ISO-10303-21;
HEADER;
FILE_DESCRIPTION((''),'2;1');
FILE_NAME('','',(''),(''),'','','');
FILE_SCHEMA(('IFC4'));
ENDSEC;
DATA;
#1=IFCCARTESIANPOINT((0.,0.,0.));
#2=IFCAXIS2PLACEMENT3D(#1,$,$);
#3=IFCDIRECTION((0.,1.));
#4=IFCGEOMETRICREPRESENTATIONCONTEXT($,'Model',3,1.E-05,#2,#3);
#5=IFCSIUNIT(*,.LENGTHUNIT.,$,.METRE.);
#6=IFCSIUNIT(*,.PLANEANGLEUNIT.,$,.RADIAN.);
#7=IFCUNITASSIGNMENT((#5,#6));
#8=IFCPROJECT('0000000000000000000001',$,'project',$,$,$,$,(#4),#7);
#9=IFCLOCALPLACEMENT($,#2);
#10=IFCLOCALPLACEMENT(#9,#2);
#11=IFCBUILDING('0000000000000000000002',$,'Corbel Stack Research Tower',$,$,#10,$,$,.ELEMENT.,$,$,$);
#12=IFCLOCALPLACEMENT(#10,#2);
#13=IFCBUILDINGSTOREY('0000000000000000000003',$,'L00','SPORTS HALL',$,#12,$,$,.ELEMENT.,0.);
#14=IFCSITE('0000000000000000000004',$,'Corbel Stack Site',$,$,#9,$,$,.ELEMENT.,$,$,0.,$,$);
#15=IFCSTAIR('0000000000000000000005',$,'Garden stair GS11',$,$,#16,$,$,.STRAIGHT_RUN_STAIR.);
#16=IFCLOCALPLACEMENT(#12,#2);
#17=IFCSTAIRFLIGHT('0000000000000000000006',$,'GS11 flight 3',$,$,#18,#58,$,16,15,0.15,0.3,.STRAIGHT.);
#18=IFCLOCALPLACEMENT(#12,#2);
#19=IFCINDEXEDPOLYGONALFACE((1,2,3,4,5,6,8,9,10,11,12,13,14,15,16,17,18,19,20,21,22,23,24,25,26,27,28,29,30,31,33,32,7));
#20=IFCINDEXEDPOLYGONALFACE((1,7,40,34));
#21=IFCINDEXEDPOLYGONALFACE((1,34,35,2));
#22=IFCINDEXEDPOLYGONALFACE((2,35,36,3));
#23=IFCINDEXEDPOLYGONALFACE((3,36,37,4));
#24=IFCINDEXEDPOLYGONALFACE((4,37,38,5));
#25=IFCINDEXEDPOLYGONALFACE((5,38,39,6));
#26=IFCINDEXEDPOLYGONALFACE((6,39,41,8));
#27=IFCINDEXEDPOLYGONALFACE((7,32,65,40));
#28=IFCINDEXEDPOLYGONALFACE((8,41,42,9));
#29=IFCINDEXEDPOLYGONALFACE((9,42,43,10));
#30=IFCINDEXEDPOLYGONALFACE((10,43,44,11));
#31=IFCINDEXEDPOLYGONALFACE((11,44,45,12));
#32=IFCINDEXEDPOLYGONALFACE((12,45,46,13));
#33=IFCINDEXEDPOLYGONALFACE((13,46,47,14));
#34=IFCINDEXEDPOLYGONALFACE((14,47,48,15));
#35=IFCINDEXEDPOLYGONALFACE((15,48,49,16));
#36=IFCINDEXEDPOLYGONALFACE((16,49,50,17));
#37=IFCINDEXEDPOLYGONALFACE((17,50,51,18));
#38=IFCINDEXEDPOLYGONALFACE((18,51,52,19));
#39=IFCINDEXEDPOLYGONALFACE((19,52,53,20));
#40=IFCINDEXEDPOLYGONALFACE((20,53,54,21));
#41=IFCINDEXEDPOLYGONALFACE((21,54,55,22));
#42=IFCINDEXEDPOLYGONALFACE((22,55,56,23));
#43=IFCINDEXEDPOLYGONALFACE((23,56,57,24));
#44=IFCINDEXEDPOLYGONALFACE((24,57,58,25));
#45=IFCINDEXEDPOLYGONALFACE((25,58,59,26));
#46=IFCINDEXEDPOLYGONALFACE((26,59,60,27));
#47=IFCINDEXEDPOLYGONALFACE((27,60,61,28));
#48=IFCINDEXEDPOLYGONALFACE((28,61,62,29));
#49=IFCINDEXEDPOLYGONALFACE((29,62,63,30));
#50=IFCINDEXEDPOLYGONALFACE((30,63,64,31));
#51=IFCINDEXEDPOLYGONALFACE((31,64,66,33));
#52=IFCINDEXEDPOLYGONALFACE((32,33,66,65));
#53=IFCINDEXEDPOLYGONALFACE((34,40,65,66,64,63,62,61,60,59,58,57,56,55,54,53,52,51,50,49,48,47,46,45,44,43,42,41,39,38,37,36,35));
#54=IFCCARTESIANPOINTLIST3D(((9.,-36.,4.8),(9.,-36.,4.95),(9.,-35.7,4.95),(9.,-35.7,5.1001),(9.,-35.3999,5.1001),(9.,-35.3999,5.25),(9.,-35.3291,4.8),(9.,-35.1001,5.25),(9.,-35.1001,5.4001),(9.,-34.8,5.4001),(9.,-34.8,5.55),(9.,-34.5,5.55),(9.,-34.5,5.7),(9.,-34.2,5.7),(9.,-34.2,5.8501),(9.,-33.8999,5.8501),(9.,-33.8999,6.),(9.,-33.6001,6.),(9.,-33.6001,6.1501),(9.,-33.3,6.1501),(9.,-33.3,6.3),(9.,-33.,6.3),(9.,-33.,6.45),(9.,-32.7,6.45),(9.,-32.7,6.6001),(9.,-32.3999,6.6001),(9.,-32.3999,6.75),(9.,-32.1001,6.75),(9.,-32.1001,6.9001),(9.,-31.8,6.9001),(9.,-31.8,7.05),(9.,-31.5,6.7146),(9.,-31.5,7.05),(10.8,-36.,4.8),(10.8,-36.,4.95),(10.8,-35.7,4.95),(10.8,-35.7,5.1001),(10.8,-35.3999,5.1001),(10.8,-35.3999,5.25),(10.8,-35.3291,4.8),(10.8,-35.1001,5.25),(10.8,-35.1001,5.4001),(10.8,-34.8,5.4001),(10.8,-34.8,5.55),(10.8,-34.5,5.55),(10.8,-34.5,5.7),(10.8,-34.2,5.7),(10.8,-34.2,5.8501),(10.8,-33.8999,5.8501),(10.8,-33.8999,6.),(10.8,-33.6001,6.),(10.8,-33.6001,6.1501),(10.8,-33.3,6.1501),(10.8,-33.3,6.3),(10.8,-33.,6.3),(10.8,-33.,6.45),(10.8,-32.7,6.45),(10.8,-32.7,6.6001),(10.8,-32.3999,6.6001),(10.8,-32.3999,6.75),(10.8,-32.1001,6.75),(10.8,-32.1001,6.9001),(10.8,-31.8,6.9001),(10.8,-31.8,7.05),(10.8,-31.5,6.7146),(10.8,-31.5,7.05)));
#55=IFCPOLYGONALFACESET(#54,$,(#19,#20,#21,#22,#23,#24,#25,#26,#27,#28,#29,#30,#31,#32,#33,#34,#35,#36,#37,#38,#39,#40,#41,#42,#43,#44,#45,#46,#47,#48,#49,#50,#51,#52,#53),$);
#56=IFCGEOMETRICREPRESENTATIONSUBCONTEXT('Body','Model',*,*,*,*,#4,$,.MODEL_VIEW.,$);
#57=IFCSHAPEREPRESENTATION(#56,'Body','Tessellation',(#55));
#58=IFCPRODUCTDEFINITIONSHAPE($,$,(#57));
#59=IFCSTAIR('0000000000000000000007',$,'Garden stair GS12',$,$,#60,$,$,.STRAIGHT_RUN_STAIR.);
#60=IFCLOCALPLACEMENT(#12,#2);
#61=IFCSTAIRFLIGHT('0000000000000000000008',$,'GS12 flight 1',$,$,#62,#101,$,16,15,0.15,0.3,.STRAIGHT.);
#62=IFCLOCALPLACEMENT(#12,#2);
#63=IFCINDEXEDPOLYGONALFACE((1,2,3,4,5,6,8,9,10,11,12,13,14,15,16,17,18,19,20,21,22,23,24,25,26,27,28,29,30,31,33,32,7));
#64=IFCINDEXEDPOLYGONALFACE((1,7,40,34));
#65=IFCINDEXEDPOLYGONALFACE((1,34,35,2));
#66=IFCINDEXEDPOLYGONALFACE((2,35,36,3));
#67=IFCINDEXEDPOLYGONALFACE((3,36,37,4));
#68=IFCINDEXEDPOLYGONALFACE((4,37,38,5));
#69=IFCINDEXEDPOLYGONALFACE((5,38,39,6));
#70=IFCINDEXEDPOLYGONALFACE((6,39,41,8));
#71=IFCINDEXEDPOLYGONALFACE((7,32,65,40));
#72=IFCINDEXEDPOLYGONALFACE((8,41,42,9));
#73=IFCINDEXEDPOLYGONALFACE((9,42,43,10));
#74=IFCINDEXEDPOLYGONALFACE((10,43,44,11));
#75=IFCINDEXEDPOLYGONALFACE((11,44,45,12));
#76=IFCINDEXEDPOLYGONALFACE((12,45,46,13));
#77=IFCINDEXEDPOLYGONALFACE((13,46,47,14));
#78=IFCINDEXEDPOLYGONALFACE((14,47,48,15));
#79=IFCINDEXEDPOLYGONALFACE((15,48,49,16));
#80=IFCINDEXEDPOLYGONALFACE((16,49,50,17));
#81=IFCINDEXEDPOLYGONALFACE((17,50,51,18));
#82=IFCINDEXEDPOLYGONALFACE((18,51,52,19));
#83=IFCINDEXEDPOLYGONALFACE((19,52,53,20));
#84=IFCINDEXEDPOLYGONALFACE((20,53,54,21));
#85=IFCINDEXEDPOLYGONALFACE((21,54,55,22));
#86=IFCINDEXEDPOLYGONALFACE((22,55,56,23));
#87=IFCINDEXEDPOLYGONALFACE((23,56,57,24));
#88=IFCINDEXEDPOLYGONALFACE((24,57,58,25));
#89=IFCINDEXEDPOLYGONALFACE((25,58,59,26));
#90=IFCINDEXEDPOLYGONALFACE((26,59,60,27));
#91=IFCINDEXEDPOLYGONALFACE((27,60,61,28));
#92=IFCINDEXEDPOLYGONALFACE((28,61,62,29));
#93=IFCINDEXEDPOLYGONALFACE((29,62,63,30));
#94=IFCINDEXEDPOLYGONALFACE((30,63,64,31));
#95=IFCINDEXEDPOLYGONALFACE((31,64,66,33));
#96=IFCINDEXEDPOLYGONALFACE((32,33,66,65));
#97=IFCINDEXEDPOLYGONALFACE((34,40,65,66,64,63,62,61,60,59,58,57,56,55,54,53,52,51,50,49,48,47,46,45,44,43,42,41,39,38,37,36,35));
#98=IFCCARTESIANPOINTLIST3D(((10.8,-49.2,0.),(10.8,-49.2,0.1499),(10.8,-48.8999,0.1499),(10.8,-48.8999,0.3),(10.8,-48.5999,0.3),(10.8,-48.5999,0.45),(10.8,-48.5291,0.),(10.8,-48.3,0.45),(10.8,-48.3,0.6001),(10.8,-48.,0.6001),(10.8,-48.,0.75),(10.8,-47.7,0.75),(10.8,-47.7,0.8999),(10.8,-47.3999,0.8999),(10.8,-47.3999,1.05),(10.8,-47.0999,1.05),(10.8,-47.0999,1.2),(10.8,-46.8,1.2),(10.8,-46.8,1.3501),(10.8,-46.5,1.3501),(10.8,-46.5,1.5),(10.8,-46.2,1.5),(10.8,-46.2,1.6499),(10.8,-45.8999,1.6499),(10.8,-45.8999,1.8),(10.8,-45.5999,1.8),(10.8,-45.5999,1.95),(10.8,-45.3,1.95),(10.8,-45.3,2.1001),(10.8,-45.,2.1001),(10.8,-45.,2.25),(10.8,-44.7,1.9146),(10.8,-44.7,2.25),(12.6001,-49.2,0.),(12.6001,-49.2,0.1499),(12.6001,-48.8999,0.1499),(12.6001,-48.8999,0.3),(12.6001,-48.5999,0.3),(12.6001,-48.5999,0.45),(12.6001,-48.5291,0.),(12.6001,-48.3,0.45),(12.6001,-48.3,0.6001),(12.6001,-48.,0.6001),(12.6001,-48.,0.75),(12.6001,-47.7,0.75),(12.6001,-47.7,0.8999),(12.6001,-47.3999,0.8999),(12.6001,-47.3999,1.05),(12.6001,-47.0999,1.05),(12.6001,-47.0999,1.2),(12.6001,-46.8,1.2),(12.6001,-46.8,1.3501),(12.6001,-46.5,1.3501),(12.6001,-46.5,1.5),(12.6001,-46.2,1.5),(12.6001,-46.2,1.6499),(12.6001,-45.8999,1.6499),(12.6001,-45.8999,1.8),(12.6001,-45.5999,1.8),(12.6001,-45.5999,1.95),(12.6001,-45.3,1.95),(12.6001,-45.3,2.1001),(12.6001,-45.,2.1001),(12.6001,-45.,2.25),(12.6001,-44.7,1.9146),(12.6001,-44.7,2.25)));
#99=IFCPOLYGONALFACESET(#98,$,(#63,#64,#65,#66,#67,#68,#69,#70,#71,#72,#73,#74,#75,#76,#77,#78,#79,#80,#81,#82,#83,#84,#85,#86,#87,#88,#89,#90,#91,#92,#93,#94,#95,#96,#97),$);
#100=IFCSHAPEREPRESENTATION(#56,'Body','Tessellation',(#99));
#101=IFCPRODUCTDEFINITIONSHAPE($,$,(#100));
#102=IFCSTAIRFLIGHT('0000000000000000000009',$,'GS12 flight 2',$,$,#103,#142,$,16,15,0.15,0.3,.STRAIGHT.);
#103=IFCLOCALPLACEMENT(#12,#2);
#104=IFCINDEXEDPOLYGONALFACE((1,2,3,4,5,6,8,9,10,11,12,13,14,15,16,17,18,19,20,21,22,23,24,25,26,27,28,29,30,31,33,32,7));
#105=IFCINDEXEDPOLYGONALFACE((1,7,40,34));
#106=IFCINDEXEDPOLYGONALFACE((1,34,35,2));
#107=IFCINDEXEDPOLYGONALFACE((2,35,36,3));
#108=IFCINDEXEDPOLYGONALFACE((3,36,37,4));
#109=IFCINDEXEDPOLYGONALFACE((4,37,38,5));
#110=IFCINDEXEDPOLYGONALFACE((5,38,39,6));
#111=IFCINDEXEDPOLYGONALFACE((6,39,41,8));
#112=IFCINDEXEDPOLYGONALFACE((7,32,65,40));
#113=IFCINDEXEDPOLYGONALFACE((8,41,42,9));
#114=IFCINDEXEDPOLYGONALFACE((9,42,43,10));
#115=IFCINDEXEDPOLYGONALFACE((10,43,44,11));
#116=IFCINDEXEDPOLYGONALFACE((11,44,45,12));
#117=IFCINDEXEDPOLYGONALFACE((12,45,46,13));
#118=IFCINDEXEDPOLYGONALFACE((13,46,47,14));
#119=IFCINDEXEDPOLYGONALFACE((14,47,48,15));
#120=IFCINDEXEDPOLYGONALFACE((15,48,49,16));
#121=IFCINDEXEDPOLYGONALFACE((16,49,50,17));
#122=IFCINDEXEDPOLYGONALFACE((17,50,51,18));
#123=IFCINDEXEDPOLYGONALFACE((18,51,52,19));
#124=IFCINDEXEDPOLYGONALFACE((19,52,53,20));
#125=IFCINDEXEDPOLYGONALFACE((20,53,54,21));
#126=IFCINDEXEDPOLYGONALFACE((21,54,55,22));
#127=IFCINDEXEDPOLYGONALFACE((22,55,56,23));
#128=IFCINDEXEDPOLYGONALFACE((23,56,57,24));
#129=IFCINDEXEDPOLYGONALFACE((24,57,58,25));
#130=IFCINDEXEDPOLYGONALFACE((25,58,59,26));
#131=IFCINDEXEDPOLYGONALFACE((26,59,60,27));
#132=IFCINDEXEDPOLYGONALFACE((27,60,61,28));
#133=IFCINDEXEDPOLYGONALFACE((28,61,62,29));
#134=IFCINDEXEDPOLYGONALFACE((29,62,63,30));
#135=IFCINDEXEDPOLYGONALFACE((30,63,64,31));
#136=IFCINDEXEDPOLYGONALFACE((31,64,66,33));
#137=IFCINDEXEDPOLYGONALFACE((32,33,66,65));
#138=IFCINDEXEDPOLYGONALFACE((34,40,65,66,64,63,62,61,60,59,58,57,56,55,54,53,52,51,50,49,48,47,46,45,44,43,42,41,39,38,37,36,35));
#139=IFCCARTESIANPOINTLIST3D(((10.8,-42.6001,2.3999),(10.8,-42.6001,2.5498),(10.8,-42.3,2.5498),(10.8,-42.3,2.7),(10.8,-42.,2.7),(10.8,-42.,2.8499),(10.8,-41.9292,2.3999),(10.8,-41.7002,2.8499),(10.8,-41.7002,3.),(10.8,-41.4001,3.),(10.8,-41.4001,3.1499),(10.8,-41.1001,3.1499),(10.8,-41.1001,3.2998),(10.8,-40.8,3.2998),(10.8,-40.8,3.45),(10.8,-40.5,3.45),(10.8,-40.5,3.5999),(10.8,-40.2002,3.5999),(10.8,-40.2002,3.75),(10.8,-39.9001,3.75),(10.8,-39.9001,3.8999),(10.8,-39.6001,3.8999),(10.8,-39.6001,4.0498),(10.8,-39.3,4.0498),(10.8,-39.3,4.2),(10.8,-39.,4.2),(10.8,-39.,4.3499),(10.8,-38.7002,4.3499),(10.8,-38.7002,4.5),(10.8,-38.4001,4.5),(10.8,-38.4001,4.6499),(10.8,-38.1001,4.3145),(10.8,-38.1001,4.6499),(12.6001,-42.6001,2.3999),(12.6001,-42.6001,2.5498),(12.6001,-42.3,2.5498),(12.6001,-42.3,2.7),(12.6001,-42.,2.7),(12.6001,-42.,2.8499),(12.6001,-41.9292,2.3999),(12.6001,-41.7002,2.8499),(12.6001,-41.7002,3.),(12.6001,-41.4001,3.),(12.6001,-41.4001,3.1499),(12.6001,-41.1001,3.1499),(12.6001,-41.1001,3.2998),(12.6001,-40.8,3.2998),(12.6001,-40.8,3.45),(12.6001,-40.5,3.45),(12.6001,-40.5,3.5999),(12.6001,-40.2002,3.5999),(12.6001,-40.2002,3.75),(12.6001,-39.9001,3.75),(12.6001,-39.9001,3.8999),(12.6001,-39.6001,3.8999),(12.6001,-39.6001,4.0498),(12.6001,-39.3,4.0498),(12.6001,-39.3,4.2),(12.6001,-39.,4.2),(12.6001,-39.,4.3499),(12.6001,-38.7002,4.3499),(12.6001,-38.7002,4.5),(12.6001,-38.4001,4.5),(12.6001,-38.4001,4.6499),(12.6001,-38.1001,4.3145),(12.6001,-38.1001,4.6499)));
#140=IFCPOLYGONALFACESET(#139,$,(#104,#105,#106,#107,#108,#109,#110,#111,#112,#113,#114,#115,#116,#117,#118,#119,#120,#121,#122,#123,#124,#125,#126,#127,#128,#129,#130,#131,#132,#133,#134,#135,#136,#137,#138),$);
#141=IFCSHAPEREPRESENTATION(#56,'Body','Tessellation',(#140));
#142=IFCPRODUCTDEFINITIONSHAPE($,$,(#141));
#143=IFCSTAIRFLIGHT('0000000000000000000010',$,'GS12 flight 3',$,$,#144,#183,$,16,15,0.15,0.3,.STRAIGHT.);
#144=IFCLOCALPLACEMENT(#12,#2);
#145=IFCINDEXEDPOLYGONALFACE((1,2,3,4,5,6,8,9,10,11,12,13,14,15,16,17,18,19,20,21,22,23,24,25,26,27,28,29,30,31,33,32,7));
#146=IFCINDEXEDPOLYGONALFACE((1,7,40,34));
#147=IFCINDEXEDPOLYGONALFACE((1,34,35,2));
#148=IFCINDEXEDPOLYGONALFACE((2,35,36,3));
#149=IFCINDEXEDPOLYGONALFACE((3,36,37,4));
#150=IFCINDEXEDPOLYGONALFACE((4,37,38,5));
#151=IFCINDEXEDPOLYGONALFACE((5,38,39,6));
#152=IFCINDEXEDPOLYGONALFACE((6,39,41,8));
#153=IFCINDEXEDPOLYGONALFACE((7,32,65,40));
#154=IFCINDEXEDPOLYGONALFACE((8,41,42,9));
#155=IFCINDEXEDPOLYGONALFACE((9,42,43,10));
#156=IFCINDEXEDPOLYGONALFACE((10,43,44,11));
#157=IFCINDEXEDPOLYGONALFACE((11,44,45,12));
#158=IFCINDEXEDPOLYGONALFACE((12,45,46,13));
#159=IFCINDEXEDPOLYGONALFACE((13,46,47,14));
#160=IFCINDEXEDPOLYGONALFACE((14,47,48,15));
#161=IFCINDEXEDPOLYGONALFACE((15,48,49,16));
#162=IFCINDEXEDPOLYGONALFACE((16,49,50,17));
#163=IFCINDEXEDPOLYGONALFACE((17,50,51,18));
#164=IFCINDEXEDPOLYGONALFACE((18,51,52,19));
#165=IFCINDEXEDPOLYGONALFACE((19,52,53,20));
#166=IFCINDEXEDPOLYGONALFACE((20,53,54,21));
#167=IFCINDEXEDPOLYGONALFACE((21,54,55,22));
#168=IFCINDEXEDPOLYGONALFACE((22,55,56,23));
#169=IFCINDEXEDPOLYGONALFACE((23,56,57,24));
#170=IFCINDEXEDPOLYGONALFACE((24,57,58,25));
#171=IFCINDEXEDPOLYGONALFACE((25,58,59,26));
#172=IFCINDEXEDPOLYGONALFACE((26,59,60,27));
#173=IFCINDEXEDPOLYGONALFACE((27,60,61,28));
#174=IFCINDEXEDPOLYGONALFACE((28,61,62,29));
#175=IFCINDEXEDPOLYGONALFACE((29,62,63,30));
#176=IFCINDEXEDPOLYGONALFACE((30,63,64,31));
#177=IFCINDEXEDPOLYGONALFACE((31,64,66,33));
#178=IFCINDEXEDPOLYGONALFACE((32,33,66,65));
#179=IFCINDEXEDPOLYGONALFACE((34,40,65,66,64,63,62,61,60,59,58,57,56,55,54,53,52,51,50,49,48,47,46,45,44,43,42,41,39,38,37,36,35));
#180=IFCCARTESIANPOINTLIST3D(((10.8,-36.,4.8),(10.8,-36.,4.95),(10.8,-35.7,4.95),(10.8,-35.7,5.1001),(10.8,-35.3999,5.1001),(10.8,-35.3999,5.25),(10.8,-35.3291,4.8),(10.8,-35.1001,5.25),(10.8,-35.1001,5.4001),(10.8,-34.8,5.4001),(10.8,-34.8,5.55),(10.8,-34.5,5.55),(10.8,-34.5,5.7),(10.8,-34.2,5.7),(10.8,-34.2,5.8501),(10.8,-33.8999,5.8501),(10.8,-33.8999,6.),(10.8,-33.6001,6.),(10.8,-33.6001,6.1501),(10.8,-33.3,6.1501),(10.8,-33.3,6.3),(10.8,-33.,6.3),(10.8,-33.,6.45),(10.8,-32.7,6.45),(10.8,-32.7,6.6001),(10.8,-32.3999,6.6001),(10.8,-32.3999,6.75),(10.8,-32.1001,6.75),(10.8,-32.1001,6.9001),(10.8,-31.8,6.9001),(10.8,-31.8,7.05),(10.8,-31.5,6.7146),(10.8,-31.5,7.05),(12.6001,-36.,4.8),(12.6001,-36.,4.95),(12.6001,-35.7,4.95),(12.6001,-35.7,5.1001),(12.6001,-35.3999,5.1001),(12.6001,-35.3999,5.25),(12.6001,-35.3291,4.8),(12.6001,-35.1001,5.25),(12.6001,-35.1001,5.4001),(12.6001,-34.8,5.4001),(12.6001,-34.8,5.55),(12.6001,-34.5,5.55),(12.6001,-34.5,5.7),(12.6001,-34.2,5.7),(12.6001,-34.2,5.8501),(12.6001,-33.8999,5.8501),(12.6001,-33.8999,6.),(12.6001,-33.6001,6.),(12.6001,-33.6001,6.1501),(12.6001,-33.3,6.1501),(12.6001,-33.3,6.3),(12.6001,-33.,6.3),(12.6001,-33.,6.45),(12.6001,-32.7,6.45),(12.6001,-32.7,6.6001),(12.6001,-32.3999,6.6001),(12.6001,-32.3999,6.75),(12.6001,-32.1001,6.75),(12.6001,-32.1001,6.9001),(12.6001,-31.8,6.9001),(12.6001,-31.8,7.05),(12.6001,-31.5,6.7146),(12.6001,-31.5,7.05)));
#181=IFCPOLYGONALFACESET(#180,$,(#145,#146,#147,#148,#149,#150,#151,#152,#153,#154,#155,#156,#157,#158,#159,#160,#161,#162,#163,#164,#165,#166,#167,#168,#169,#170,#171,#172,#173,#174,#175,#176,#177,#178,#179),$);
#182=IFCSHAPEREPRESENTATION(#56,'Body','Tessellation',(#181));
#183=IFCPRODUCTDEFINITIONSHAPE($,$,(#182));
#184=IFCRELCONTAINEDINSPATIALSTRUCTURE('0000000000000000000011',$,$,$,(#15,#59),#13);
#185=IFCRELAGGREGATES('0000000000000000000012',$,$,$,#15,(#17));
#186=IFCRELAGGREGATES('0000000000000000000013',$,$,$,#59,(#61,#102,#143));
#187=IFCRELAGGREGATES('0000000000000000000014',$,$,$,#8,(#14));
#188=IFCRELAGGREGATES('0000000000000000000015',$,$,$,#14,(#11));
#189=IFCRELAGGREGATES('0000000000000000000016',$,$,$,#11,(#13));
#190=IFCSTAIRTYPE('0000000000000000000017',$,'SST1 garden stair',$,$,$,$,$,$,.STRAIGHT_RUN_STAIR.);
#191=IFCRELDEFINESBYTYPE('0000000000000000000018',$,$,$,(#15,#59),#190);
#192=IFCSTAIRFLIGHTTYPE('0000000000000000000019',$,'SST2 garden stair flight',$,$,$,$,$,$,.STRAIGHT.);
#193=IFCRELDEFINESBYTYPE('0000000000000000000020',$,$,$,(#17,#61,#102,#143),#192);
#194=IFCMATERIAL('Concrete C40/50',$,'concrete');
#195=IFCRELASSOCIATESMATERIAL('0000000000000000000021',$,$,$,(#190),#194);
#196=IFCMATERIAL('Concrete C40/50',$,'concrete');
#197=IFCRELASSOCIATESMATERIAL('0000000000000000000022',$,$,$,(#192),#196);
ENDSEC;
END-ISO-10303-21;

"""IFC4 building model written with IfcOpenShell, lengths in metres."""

from ifc_helpers import new_model, si_unit, direction, frame, origin, place, context, subcontext, project, spatial, polyline, outline, extrude, material, type_object, element, aggregate, save


model = new_model("IFC4")

# Units and contexts
model_context = context("Model", 3, precision=1e-05, world=origin(), true_north=direction((0.0, 1.0)))
body_context = subcontext(model_context, "Body", "Model", "MODEL_VIEW")
ifc_project = project(units=[si_unit("LENGTHUNIT", "METRE"), si_unit("PLANEANGLEUNIT", "RADIAN")], contexts=[model_context])

# Site, building, storey
site_placement = place(None, origin())
site = spatial("IfcSite", under=ifc_project, at=site_placement, Name="Corbel Stack Site", CompositionType="ELEMENT", RefElevation=0.0)
building_placement = place(site_placement, origin())
building = spatial("IfcBuilding", under=site, at=building_placement, Name="Corbel Stack Research Tower", CompositionType="ELEMENT")
storey_placement = place(building_placement, origin())
storey = spatial("IfcBuildingStorey", under=building, at=storey_placement, Name="L00", Description="SPORTS HALL", CompositionType="ELEMENT", Elevation=0.0)

# Stairs, stair flights
ifc_material_1 = material(Name="Concrete C40/50", Category="concrete")
stair_type = type_object("IfcStairType", Name="SST1 garden stair", PredefinedType="STRAIGHT_RUN_STAIR", material=ifc_material_1)
stair_1_placement = place(storey_placement, origin())
stair_1 = element("IfcStair", 1, at=stair_1_placement, inside=storey, type_object=stair_type, Name="Garden stair GS11", PredefinedType="STRAIGHT_RUN_STAIR")
ifc_material_2 = material(Name="Concrete C40/50", Category="concrete")
stair_flight_type = type_object("IfcStairFlightType", Name="SST2 garden stair flight", PredefinedType="STRAIGHT", material=ifc_material_2)
stair_flight_1_placement = place(storey_placement, frame((9.8999, -36.0, 4.8), z_axis=(0.0, 0.0, 1.0), x_axis=(0.0, 1.0, 0.0)))
stair_flight_1 = element("IfcStairFlight", 2, at=stair_flight_1_placement, type_object=stair_flight_type, Name="GS11 flight 3", NumberOfRisers=16, NumberOfTreads=15, PredefinedType="STRAIGHT", RiserHeight=0.15, TreadLength=0.3, context=body_context, shape_type="SweptSolid", body=[
    extrude(outline(polyline([(0.0, 0.0), (0.0, 0.1499), (0.3, 0.1499), (0.3, 0.3), (0.6001, 0.3), (0.6001, 0.45), (0.8999, 0.45), (0.8999, 0.6001), (1.2, 0.6001), (1.2, 0.75), (1.5, 0.75), (1.5, 0.8999), (1.8, 0.8999), (1.8, 1.05), (2.1001, 1.05), (2.1001, 1.2), (2.3999, 1.2), (2.3999, 1.3501), (2.7, 1.3501), (2.7, 1.5), (3.0, 1.5), (3.0, 1.6499), (3.3, 1.6499), (3.3, 1.8), (3.6001, 1.8), (3.6001, 1.95), (3.8999, 1.95), (3.8999, 2.1001), (4.2, 2.1001), (4.2, 2.25), (4.5, 2.25), (4.5, 2.3999), (4.5, 1.9146), (0.6709, 0.0), (0.0, 0.0)])), frame((0.0, 0.8999, 0.0), z_axis=(0.0, -1.0, 0.0), x_axis=(1.0, 0.0, 0.0)), (0.0, 0.0, 1.0), 1.8),
])
aggregate(stair_1, [stair_flight_1])
stair_2_placement = place(storey_placement, origin())
stair_2 = element("IfcStair", 3, at=stair_2_placement, inside=storey, type_object=stair_type, Name="Garden stair GS12", PredefinedType="STRAIGHT_RUN_STAIR")
stair_flight_2_placement = place(storey_placement, frame((11.7, -49.2, 0.0), z_axis=(0.0, 0.0, 1.0), x_axis=(0.0, 1.0, 0.0)))
stair_flight_2 = element("IfcStairFlight", 4, at=stair_flight_2_placement, type_object=stair_flight_type, Name="GS12 flight 1", NumberOfRisers=16, NumberOfTreads=15, PredefinedType="STRAIGHT", RiserHeight=0.15, TreadLength=0.3, context=body_context, shape_type="SweptSolid", body=[
    extrude(outline(polyline([(0.0, 0.0), (0.0, 0.1499), (0.3, 0.1499), (0.3, 0.3), (0.6001, 0.3), (0.6001, 0.45), (0.8999, 0.45), (0.8999, 0.6001), (1.2, 0.6001), (1.2, 0.75), (1.5, 0.75), (1.5, 0.8999), (1.8, 0.8999), (1.8, 1.05), (2.1001, 1.05), (2.1001, 1.2), (2.3999, 1.2), (2.3999, 1.3501), (2.7, 1.3501), (2.7, 1.5), (3.0, 1.5), (3.0, 1.6499), (3.3, 1.6499), (3.3, 1.8), (3.6001, 1.8), (3.6001, 1.95), (3.8999, 1.95), (3.8999, 2.1001), (4.2, 2.1001), (4.2, 2.25), (4.5, 2.25), (4.5, 2.3999), (4.5, 1.9146), (0.6709, 0.0), (0.0, 0.0)])), frame((0.0, 0.8999, 0.0), z_axis=(0.0, -1.0, 0.0), x_axis=(1.0, 0.0, 0.0)), (0.0, 0.0, 1.0), 1.8),
])
stair_flight_3_placement = place(storey_placement, frame((11.7, -42.6001, 2.3999), z_axis=(0.0, 0.0, 1.0), x_axis=(0.0, 1.0, 0.0)))
stair_flight_3 = element("IfcStairFlight", 5, at=stair_flight_3_placement, type_object=stair_flight_type, Name="GS12 flight 2", NumberOfRisers=16, NumberOfTreads=15, PredefinedType="STRAIGHT", RiserHeight=0.15, TreadLength=0.3, context=body_context, shape_type="SweptSolid", body=[
    extrude(outline(polyline([(0.0, 0.0), (0.0, 0.1499), (0.3, 0.1499), (0.3, 0.3), (0.6001, 0.3), (0.6001, 0.45), (0.8999, 0.45), (0.8999, 0.6001), (1.2, 0.6001), (1.2, 0.75), (1.5, 0.75), (1.5, 0.8999), (1.8, 0.8999), (1.8, 1.05), (2.1001, 1.05), (2.1001, 1.2), (2.3999, 1.2), (2.3999, 1.3501), (2.7, 1.3501), (2.7, 1.5), (3.0, 1.5), (3.0, 1.6499), (3.3, 1.6499), (3.3, 1.8), (3.6001, 1.8), (3.6001, 1.95), (3.8999, 1.95), (3.8999, 2.1001), (4.2, 2.1001), (4.2, 2.25), (4.5, 2.25), (4.5, 2.3999), (4.5, 1.9146), (0.6709, 0.0), (0.0, 0.0)])), frame((0.0, 0.8999, 0.0), z_axis=(0.0, -1.0, 0.0), x_axis=(1.0, 0.0, 0.0)), (0.0, 0.0, 1.0), 1.8),
])
stair_flight_4_placement = place(storey_placement, frame((11.7, -36.0, 4.8), z_axis=(0.0, 0.0, 1.0), x_axis=(0.0, 1.0, 0.0)))
stair_flight_4 = element("IfcStairFlight", 6, at=stair_flight_4_placement, type_object=stair_flight_type, Name="GS12 flight 3", NumberOfRisers=16, NumberOfTreads=15, PredefinedType="STRAIGHT", RiserHeight=0.15, TreadLength=0.3, context=body_context, shape_type="SweptSolid", body=[
    extrude(outline(polyline([(0.0, 0.0), (0.0, 0.1499), (0.3, 0.1499), (0.3, 0.3), (0.6001, 0.3), (0.6001, 0.45), (0.8999, 0.45), (0.8999, 0.6001), (1.2, 0.6001), (1.2, 0.75), (1.5, 0.75), (1.5, 0.8999), (1.8, 0.8999), (1.8, 1.05), (2.1001, 1.05), (2.1001, 1.2), (2.3999, 1.2), (2.3999, 1.3501), (2.7, 1.3501), (2.7, 1.5), (3.0, 1.5), (3.0, 1.6499), (3.3, 1.6499), (3.3, 1.8), (3.6001, 1.8), (3.6001, 1.95), (3.8999, 1.95), (3.8999, 2.1001), (4.2, 2.1001), (4.2, 2.25), (4.5, 2.25), (4.5, 2.3999), (4.5, 1.9146), (0.6709, 0.0), (0.0, 0.0)])), frame((0.0, 0.8999, 0.0), z_axis=(0.0, -1.0, 0.0), x_axis=(1.0, 0.0, 0.0)), (0.0, 0.0, 1.0), 1.8),
])
aggregate(stair_2, [stair_flight_2, stair_flight_3, stair_flight_4])

save(model, "model.ifc")
